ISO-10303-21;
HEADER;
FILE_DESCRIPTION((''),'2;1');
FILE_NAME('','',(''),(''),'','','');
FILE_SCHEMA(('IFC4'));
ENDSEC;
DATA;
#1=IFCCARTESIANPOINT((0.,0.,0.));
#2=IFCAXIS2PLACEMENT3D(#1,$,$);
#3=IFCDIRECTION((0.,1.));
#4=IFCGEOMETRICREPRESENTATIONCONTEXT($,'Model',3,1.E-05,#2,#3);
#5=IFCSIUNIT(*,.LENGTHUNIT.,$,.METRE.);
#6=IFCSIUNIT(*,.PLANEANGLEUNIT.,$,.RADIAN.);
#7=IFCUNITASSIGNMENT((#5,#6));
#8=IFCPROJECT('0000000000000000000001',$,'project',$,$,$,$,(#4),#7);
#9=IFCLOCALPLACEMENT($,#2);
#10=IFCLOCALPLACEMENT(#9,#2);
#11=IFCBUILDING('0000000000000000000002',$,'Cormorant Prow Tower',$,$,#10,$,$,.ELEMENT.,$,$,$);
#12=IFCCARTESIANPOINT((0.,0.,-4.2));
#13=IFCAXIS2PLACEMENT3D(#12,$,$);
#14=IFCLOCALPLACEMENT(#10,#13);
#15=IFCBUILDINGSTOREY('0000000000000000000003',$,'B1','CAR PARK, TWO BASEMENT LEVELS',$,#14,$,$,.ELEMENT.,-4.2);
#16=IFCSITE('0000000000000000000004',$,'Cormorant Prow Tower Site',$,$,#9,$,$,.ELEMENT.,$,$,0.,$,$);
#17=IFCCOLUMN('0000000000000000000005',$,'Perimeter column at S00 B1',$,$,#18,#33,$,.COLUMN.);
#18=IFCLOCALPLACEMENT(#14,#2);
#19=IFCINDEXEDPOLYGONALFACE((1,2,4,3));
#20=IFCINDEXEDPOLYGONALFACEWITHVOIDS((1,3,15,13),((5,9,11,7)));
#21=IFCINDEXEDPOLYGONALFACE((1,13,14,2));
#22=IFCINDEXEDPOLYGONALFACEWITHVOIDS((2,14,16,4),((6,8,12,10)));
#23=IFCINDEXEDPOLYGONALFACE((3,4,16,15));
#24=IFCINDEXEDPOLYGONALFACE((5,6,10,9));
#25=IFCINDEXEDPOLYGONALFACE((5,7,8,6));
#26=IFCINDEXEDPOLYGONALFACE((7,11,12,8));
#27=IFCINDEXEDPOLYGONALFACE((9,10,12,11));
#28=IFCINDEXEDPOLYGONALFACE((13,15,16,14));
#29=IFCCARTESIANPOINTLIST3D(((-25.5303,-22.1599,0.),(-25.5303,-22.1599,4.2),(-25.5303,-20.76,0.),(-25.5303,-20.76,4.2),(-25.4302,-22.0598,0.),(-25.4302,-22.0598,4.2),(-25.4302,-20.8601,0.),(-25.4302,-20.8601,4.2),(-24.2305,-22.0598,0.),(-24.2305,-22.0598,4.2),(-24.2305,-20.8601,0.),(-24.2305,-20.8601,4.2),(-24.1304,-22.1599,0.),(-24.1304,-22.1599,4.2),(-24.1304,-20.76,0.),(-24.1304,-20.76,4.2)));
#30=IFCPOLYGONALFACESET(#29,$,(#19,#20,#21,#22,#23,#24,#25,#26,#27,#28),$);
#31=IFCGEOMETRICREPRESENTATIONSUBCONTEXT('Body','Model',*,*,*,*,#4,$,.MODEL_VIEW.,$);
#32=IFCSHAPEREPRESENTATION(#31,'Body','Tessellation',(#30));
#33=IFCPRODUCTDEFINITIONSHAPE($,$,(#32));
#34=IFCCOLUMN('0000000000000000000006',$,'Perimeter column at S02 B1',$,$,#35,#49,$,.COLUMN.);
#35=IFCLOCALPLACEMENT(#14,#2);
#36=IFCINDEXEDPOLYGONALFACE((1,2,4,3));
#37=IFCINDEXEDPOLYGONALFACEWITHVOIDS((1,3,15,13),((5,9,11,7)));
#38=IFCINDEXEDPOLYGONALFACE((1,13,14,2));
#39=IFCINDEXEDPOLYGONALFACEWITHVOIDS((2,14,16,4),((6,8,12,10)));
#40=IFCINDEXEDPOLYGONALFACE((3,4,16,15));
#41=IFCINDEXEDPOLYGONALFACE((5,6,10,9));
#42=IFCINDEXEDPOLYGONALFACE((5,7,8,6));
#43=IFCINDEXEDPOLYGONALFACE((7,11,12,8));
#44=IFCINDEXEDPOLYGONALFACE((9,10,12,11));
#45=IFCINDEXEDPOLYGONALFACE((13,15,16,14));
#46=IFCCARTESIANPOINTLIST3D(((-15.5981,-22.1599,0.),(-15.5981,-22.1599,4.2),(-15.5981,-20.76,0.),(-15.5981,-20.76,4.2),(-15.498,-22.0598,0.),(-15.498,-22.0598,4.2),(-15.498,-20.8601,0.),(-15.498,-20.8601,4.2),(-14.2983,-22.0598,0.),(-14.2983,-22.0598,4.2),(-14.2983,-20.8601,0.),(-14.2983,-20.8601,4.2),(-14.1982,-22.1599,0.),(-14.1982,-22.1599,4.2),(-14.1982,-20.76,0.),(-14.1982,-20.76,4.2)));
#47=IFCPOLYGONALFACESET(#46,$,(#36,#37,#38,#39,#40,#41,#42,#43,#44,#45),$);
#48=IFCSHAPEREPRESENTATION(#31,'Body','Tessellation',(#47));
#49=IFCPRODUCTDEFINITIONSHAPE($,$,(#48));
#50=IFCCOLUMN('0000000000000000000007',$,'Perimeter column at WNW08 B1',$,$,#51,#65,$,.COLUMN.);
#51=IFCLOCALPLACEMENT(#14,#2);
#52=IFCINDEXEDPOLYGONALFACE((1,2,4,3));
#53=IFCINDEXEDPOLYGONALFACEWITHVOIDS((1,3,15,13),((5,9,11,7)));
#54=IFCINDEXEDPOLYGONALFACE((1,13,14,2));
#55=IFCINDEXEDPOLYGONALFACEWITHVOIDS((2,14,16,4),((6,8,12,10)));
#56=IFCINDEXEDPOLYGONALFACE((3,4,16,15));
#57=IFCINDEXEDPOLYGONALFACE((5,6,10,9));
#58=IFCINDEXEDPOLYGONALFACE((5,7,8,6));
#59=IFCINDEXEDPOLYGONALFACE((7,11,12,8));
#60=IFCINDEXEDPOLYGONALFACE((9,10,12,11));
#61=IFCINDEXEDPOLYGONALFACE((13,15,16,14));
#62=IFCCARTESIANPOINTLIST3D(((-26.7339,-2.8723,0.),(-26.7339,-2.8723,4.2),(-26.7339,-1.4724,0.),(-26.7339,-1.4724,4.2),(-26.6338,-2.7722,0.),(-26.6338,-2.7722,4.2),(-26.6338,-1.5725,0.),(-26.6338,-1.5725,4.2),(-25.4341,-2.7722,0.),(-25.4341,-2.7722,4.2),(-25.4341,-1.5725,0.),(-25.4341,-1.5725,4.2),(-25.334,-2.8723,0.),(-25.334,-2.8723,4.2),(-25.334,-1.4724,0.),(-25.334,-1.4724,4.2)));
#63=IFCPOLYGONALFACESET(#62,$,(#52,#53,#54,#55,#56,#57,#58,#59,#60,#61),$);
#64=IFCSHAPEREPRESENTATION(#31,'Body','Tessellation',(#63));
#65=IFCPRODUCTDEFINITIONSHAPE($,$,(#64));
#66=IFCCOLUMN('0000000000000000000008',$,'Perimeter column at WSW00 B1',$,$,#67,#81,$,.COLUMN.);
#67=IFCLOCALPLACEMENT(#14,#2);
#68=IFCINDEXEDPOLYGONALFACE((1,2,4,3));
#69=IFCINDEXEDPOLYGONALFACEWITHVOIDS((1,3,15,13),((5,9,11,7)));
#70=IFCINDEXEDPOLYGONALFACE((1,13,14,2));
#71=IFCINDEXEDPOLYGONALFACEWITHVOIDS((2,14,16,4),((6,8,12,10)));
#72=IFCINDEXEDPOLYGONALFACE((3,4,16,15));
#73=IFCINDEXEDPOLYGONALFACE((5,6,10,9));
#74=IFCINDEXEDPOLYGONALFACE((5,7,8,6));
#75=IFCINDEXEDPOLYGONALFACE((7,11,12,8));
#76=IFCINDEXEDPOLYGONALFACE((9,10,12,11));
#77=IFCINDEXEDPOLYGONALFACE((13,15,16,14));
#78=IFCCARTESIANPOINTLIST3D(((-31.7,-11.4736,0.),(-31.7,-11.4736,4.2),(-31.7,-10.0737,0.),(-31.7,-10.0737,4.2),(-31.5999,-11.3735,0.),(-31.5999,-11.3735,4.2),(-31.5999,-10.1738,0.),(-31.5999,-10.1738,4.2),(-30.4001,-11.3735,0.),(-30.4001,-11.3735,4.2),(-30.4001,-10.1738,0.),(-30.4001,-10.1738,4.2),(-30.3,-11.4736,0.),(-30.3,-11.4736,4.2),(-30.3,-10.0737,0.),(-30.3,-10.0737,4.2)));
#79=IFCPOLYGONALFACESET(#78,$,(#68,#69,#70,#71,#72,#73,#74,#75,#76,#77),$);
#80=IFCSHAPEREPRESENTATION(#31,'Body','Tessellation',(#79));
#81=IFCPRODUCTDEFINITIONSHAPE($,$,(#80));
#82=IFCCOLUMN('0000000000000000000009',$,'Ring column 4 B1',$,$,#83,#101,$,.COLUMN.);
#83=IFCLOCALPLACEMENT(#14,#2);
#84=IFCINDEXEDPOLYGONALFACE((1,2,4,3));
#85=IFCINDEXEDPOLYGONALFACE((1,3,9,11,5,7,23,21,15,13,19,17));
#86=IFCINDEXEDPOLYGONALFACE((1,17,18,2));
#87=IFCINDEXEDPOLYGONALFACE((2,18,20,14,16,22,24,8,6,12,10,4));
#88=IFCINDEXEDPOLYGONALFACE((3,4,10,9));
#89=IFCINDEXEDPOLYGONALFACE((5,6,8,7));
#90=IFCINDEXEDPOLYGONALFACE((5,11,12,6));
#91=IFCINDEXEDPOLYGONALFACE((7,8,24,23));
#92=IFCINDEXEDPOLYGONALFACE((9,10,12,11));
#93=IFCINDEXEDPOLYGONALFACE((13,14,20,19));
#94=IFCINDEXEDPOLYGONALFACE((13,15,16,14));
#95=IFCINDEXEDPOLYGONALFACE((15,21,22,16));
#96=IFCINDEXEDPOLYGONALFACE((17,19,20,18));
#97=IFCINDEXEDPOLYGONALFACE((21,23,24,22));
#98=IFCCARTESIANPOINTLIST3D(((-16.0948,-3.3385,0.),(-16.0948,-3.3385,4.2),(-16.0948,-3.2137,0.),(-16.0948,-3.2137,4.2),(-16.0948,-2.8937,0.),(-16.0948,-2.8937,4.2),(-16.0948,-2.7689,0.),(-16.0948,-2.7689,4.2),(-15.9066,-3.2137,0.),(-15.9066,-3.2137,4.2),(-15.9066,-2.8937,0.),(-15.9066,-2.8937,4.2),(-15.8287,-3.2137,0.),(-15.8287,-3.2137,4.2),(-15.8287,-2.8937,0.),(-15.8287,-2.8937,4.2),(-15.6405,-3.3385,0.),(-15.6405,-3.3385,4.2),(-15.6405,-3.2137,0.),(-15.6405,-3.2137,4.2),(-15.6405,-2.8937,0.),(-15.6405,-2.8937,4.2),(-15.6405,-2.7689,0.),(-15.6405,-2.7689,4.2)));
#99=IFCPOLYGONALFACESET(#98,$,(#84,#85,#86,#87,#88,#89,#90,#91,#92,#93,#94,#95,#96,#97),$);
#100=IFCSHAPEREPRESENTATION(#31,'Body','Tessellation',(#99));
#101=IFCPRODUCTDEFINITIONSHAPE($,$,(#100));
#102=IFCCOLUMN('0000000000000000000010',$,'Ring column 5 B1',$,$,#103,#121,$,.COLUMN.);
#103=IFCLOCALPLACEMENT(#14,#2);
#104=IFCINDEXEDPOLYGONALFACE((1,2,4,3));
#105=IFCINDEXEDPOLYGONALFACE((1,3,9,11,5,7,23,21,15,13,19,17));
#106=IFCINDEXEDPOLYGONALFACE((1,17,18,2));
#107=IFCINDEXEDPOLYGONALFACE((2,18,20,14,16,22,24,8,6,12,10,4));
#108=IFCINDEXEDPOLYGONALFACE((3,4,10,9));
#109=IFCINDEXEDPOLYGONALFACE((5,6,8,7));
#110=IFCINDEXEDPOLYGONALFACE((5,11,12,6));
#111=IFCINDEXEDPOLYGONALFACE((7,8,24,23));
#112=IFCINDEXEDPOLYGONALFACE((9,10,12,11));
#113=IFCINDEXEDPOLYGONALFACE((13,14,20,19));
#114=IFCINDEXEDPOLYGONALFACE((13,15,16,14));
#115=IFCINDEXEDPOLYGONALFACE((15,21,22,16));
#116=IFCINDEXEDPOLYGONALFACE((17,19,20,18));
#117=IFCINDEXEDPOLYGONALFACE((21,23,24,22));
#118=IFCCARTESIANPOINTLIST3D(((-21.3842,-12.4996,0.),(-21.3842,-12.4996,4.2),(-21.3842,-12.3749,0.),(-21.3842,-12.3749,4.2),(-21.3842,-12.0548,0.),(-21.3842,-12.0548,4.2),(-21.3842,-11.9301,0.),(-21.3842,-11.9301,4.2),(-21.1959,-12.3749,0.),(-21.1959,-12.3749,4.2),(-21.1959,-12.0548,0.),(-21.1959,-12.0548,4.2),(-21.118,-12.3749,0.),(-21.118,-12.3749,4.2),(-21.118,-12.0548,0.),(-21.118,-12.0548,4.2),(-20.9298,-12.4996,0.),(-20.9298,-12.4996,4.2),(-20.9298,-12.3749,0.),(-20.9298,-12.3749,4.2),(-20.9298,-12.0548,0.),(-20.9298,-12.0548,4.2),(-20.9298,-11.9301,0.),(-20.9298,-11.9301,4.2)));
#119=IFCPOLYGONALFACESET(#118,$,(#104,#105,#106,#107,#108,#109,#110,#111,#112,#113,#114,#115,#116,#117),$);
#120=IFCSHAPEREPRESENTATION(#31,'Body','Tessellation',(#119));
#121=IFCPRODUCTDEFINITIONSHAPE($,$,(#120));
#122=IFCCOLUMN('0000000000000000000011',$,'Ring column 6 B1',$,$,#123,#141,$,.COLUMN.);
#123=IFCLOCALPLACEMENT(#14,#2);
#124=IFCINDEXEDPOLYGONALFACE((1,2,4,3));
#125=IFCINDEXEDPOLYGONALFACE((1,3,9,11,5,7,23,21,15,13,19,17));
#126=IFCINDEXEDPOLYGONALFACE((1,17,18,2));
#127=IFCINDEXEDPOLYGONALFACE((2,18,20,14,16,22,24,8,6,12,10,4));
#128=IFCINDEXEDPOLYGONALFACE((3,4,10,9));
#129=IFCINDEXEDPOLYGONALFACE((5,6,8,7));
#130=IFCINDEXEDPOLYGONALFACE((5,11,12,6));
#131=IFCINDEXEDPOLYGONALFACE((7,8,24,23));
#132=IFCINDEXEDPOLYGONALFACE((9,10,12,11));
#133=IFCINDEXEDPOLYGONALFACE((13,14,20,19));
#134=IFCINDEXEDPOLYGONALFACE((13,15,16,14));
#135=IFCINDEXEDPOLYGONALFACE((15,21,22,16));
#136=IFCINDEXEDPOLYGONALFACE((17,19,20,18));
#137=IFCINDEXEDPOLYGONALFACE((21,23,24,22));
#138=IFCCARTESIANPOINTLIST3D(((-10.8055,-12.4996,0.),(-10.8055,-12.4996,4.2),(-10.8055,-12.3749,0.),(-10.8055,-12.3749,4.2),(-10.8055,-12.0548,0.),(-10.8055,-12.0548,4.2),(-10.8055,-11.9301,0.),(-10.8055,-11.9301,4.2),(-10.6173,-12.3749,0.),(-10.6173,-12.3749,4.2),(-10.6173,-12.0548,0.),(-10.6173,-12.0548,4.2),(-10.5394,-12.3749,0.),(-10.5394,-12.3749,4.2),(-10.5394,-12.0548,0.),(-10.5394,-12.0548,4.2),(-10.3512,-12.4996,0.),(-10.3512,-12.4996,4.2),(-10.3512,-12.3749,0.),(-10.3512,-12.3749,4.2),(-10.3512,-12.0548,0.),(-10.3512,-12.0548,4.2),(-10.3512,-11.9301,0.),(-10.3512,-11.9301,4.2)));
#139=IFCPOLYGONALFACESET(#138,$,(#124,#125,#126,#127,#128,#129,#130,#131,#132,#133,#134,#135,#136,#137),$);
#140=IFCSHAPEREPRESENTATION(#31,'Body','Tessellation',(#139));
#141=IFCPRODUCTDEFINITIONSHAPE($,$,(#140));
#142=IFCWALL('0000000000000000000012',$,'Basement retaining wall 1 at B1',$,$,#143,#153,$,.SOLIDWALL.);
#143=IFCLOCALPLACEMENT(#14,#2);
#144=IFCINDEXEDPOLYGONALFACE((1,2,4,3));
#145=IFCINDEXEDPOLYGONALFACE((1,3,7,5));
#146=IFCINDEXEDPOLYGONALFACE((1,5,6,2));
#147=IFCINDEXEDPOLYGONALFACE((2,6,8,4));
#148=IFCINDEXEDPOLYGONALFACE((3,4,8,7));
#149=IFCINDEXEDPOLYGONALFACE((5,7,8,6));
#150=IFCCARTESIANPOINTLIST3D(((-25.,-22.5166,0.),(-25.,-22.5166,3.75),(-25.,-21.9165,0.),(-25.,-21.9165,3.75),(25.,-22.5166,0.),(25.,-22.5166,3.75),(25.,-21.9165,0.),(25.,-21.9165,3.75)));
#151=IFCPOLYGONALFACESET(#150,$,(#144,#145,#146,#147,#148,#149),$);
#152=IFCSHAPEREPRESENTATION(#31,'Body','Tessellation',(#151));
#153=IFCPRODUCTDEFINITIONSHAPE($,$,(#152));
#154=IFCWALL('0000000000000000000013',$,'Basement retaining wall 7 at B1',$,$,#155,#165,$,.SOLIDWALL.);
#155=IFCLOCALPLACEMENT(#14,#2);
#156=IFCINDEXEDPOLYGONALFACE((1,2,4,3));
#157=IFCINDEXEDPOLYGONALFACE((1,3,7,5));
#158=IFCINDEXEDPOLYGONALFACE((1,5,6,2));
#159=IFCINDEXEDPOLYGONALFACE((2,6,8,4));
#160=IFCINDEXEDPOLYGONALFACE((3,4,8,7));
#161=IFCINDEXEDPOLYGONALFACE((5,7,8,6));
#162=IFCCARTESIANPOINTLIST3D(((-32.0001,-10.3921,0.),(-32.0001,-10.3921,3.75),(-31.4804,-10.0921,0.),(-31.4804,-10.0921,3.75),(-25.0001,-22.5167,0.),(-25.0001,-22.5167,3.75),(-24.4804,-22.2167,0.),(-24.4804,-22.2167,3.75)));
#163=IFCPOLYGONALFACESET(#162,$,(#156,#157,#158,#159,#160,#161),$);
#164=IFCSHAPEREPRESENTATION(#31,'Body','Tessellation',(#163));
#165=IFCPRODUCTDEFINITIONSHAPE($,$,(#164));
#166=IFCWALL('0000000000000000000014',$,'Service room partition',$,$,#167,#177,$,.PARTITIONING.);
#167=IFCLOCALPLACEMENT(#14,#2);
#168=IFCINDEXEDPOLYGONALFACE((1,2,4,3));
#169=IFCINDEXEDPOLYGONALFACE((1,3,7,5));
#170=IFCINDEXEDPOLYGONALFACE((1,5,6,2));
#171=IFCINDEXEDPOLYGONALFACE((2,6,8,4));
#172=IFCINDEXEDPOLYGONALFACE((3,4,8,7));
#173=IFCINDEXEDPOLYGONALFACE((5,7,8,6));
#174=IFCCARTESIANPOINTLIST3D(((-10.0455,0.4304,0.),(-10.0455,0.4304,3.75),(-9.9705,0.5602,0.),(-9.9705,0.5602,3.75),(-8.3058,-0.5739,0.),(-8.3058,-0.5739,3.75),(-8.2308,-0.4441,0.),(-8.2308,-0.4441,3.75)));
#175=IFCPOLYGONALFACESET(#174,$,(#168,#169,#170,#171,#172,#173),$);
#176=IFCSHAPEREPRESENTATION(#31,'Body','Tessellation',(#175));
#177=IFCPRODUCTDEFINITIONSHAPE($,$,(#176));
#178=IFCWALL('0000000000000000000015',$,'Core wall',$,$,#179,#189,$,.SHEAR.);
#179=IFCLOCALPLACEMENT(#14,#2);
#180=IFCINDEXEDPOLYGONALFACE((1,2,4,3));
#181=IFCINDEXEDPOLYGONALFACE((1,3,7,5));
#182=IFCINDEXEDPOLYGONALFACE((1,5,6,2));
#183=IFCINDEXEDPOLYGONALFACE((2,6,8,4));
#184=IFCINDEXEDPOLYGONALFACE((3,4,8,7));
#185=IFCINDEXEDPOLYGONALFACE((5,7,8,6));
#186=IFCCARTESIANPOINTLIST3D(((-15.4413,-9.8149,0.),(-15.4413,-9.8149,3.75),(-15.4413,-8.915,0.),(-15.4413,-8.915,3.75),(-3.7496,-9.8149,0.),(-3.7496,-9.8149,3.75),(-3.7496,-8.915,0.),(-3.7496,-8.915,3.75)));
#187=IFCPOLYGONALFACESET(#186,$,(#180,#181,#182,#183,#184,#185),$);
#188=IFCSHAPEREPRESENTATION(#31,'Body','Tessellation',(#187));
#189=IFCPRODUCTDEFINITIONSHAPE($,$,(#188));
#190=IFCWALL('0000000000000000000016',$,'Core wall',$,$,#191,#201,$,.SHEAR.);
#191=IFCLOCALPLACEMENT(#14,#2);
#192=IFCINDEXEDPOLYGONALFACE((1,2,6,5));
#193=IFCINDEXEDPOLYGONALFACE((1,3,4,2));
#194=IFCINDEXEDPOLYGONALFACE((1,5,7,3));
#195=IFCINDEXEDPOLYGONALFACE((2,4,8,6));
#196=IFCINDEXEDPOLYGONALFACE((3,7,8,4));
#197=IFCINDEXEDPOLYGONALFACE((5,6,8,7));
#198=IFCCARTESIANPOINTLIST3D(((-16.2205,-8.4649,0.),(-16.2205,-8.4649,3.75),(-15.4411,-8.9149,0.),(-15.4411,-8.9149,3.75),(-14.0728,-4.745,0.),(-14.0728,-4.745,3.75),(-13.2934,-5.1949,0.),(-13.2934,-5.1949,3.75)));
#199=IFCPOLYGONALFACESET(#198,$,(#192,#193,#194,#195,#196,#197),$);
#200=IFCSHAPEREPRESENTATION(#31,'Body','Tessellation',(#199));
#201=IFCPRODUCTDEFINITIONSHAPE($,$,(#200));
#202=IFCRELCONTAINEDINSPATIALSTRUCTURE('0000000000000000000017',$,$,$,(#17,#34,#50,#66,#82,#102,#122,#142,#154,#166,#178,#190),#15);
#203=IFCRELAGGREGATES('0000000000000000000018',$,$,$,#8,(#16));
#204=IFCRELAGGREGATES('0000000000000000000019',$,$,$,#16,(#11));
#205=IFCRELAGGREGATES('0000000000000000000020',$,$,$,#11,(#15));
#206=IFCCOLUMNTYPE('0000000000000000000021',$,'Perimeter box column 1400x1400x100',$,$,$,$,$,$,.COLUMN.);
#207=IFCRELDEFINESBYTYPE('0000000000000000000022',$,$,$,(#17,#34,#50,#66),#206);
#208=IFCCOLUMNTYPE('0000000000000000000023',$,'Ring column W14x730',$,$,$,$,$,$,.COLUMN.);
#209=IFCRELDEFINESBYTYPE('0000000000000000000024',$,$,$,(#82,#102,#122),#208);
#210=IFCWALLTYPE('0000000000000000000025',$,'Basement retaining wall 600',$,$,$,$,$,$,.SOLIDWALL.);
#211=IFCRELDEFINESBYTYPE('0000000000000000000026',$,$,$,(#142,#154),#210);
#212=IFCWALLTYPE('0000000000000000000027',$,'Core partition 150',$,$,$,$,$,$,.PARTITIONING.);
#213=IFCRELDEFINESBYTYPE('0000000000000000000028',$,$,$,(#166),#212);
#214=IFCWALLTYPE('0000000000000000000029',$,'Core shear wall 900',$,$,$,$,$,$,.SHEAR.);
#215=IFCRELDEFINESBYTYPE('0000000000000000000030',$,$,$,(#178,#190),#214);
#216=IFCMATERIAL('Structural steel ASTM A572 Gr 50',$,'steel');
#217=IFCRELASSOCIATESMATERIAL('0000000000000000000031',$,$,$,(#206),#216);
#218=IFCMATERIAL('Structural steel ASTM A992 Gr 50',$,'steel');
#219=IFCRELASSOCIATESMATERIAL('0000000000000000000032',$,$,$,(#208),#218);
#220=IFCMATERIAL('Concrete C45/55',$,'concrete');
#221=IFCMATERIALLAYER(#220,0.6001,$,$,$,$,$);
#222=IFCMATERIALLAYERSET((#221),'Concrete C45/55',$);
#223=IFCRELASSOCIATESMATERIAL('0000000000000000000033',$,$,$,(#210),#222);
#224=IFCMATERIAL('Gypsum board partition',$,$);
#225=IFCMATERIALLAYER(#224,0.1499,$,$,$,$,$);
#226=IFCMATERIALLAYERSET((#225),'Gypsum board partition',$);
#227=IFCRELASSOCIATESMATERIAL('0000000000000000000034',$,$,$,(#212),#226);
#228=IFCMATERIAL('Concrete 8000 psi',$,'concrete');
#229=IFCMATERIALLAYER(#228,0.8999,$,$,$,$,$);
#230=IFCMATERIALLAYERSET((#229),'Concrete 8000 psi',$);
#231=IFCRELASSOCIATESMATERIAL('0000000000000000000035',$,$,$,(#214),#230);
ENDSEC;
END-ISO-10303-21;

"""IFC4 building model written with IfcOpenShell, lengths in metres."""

from ifc_helpers import new_model, si_unit, direction, frame, frame_2d, origin, origin_2d, place, context, subcontext, project, spatial, rectangle, hollow_rectangle, i_section, extrude, material, layer, layer_set, material_profile, profile_set, type_object, element, save


model = new_model("IFC4")

# Units and contexts
model_context = context("Model", 3, precision=1e-05, world=origin(), true_north=direction((0.0, 1.0)))
body_context = subcontext(model_context, "Body", "Model", "MODEL_VIEW")
ifc_project = project(units=[si_unit("LENGTHUNIT", "METRE"), si_unit("PLANEANGLEUNIT", "RADIAN")], contexts=[model_context])

# Site, building, storey
site_placement = place(None, origin())
site = spatial("IfcSite", under=ifc_project, at=site_placement, Name="Cormorant Prow Tower Site", CompositionType="ELEMENT", RefElevation=0.0)
building_placement = place(site_placement, origin())
building = spatial("IfcBuilding", under=site, at=building_placement, Name="Cormorant Prow Tower", CompositionType="ELEMENT")
storey_placement = place(building_placement, frame((0.0, 0.0, -4.2)))
storey = spatial("IfcBuildingStorey", under=building, at=storey_placement, Name="B1", Description="CAR PARK, TWO BASEMENT LEVELS", CompositionType="ELEMENT", Elevation=-4.2)

# Columns
ifc_material_1 = material(Name="Structural steel ASTM A572 Gr 50", Category="steel")
ifc_material_profile_1 = material_profile(ifc_material_1, hollow_rectangle(XDim=1.3999, YDim=1.3999, WallThickness=0.1001, at=origin_2d()), Name="Box 1400x1400x100")
ifc_profile_set_1 = profile_set([ifc_material_profile_1], Name="Structural steel ASTM A572 Gr 50")
column_type_1 = type_object("IfcColumnType", Name="Perimeter box column 1400x1400x100", PredefinedType="COLUMN", material=ifc_profile_set_1)
for number, where, z_axis, x_axis, name in (
    (1, (-24.8303, -21.46, 0.0), (0.0, 0.0, 1.0), (1.0, 0.0, 0.0), "Perimeter column at S00 B1"),
    (2, (-14.8982, -21.46, 0.0), (0.0, 0.0, 1.0), (1.0, 0.0, 0.0), "Perimeter column at S02 B1"),
    (3, (-26.0339, -2.1724, 0.0), (0.0, 0.0, 1.0), (1.0, 0.0, 0.0), "Perimeter column at WNW08 B1"),
    (4, (-31.0, -10.7737, 0.0), (0.0, 0.0, 1.0), (1.0, 0.0, 0.0), "Perimeter column at WSW00 B1"),
):
    element("IfcColumn", number, at=place(storey_placement, frame(where, z_axis=z_axis, x_axis=x_axis)), inside=storey, type_object=column_type_1, Name=name, PredefinedType="COLUMN", context=body_context, shape_type="SweptSolid", body=[
        extrude(hollow_rectangle(XDim=1.3999, YDim=1.3999, WallThickness=0.1001, at=origin_2d()), origin(), (0.0, 0.0, 1.0), 4.2),
    ])
ifc_material_2 = material(Name="Structural steel ASTM A992 Gr 50", Category="steel")
ifc_material_profile_2 = material_profile(ifc_material_2, i_section(OverallWidth=0.4543, OverallDepth=0.5696, WebThickness=0.0779, FlangeThickness=0.1248, at=origin_2d()), Name="W14x730")
ifc_profile_set_2 = profile_set([ifc_material_profile_2], Name="Structural steel ASTM A992 Gr 50")
column_type_2 = type_object("IfcColumnType", Name="Ring column W14x730", PredefinedType="COLUMN", material=ifc_profile_set_2)
for number, where, z_axis, x_axis, name in (
    (5, (-15.8677, -3.0537, 0.0), (0.0, 0.0, 1.0), (1.0, 0.0, 0.0), "Ring column 4 B1"),
    (6, (-21.157, -12.2148, 0.0), (0.0, 0.0, 1.0), (1.0, 0.0, 0.0), "Ring column 5 B1"),
    (7, (-10.5784, -12.2148, 0.0), (0.0, 0.0, 1.0), (1.0, 0.0, 0.0), "Ring column 6 B1"),
):
    element("IfcColumn", number, at=place(storey_placement, frame(where, z_axis=z_axis, x_axis=x_axis)), inside=storey, type_object=column_type_2, Name=name, PredefinedType="COLUMN", context=body_context, shape_type="SweptSolid", body=[
        extrude(i_section(OverallWidth=0.4543, OverallDepth=0.5696, WebThickness=0.0779, FlangeThickness=0.1248, at=origin_2d()), origin(), (0.0, 0.0, 1.0), 4.2),
    ])

# Walls
ifc_material_3 = material(Name="Concrete C45/55", Category="concrete")
ifc_layer_1 = layer(ifc_material_3, 0.6001)
ifc_layer_set_1 = layer_set([ifc_layer_1], Name="Concrete C45/55")
wall_type_1 = type_object("IfcWallType", Name="Basement retaining wall 600", PredefinedType="SOLIDWALL", material=ifc_layer_set_1)
wall_1_placement = place(storey_placement, frame((-25.0, -22.2166, 0.0), z_axis=(0.0, 0.0, 1.0), x_axis=(1.0, 0.0, 0.0)))
element("IfcWall", 8, at=wall_1_placement, inside=storey, type_object=wall_type_1, Name="Basement retaining wall 1 at B1", PredefinedType="SOLIDWALL", context=body_context, shape_type="SweptSolid", body=[
    extrude(rectangle(XDim=50.0, YDim=0.6001, at=frame_2d((25.0, 0.0))), origin(), (0.0, 0.0, 1.0), 3.75),
])
wall_2_placement = place(storey_placement, frame((-31.7402, -10.2422, 0.0), z_axis=(0.0, 0.0, 1.0), x_axis=(0.499995, -0.866028, 0.0)))
element("IfcWall", 9, at=wall_2_placement, inside=storey, type_object=wall_type_1, Name="Basement retaining wall 7 at B1", PredefinedType="SOLIDWALL", context=body_context, shape_type="SweptSolid", body=[
    extrude(rectangle(XDim=14.0002, YDim=0.6001, at=frame_2d((7.0, 0.0))), origin(), (0.0, 0.0, 1.0), 3.75),
])
ifc_material_4 = material(Name="Gypsum board partition")
ifc_layer_2 = layer(ifc_material_4, 0.1499)
ifc_layer_set_2 = layer_set([ifc_layer_2], Name="Gypsum board partition")
wall_type_2 = type_object("IfcWallType", Name="Core partition 150", PredefinedType="PARTITIONING", material=ifc_layer_set_2)
wall_3_placement = place(storey_placement, frame((-8.2683, -0.509, 0.0), z_axis=(0.0, 0.0, 1.0), x_axis=(-0.866036, 0.499982, 0.0)))
element("IfcWall", 10, at=wall_3_placement, inside=storey, type_object=wall_type_2, Name="Service room partition", PredefinedType="PARTITIONING", context=body_context, shape_type="SweptSolid", body=[
    extrude(rectangle(XDim=2.0088, YDim=0.1499, at=frame_2d((1.0044, 0.0))), origin(), (0.0, 0.0, 1.0), 3.75),
])
ifc_material_5 = material(Name="Concrete 8000 psi", Category="concrete")
ifc_layer_3 = layer(ifc_material_5, 0.8999)
ifc_layer_set_3 = layer_set([ifc_layer_3], Name="Concrete 8000 psi")
wall_type_3 = type_object("IfcWallType", Name="Core shear wall 900", PredefinedType="SHEAR", material=ifc_layer_set_3)
wall_4_placement = place(storey_placement, frame((-15.4412, -9.365, 0.0), z_axis=(0.0, 0.0, 1.0), x_axis=(1.0, 0.0, 0.0)))
element("IfcWall", 11, at=wall_4_placement, inside=storey, type_object=wall_type_3, Name="Core wall", PredefinedType="SHEAR", context=body_context, shape_type="SweptSolid", body=[
    extrude(rectangle(XDim=11.6917, YDim=0.8999, at=frame_2d((5.8457, 0.0))), origin(), (0.0, 0.0, 1.0), 3.75),
])
wall_5_placement = place(storey_placement, frame((-13.6831, -4.97, 0.0), z_axis=(0.0, 0.0, 1.0), x_axis=(-0.499996, -0.866028, 0.0)))
element("IfcWall", 12, at=wall_5_placement, inside=storey, type_object=wall_type_3, Name="Core wall", PredefinedType="SHEAR", context=body_context, shape_type="SweptSolid", body=[
    extrude(rectangle(XDim=4.2954, YDim=0.8999, at=frame_2d((2.1477, 0.0))), origin(), (0.0, 0.0, 1.0), 3.75),
])

save(model, "model.ifc")
